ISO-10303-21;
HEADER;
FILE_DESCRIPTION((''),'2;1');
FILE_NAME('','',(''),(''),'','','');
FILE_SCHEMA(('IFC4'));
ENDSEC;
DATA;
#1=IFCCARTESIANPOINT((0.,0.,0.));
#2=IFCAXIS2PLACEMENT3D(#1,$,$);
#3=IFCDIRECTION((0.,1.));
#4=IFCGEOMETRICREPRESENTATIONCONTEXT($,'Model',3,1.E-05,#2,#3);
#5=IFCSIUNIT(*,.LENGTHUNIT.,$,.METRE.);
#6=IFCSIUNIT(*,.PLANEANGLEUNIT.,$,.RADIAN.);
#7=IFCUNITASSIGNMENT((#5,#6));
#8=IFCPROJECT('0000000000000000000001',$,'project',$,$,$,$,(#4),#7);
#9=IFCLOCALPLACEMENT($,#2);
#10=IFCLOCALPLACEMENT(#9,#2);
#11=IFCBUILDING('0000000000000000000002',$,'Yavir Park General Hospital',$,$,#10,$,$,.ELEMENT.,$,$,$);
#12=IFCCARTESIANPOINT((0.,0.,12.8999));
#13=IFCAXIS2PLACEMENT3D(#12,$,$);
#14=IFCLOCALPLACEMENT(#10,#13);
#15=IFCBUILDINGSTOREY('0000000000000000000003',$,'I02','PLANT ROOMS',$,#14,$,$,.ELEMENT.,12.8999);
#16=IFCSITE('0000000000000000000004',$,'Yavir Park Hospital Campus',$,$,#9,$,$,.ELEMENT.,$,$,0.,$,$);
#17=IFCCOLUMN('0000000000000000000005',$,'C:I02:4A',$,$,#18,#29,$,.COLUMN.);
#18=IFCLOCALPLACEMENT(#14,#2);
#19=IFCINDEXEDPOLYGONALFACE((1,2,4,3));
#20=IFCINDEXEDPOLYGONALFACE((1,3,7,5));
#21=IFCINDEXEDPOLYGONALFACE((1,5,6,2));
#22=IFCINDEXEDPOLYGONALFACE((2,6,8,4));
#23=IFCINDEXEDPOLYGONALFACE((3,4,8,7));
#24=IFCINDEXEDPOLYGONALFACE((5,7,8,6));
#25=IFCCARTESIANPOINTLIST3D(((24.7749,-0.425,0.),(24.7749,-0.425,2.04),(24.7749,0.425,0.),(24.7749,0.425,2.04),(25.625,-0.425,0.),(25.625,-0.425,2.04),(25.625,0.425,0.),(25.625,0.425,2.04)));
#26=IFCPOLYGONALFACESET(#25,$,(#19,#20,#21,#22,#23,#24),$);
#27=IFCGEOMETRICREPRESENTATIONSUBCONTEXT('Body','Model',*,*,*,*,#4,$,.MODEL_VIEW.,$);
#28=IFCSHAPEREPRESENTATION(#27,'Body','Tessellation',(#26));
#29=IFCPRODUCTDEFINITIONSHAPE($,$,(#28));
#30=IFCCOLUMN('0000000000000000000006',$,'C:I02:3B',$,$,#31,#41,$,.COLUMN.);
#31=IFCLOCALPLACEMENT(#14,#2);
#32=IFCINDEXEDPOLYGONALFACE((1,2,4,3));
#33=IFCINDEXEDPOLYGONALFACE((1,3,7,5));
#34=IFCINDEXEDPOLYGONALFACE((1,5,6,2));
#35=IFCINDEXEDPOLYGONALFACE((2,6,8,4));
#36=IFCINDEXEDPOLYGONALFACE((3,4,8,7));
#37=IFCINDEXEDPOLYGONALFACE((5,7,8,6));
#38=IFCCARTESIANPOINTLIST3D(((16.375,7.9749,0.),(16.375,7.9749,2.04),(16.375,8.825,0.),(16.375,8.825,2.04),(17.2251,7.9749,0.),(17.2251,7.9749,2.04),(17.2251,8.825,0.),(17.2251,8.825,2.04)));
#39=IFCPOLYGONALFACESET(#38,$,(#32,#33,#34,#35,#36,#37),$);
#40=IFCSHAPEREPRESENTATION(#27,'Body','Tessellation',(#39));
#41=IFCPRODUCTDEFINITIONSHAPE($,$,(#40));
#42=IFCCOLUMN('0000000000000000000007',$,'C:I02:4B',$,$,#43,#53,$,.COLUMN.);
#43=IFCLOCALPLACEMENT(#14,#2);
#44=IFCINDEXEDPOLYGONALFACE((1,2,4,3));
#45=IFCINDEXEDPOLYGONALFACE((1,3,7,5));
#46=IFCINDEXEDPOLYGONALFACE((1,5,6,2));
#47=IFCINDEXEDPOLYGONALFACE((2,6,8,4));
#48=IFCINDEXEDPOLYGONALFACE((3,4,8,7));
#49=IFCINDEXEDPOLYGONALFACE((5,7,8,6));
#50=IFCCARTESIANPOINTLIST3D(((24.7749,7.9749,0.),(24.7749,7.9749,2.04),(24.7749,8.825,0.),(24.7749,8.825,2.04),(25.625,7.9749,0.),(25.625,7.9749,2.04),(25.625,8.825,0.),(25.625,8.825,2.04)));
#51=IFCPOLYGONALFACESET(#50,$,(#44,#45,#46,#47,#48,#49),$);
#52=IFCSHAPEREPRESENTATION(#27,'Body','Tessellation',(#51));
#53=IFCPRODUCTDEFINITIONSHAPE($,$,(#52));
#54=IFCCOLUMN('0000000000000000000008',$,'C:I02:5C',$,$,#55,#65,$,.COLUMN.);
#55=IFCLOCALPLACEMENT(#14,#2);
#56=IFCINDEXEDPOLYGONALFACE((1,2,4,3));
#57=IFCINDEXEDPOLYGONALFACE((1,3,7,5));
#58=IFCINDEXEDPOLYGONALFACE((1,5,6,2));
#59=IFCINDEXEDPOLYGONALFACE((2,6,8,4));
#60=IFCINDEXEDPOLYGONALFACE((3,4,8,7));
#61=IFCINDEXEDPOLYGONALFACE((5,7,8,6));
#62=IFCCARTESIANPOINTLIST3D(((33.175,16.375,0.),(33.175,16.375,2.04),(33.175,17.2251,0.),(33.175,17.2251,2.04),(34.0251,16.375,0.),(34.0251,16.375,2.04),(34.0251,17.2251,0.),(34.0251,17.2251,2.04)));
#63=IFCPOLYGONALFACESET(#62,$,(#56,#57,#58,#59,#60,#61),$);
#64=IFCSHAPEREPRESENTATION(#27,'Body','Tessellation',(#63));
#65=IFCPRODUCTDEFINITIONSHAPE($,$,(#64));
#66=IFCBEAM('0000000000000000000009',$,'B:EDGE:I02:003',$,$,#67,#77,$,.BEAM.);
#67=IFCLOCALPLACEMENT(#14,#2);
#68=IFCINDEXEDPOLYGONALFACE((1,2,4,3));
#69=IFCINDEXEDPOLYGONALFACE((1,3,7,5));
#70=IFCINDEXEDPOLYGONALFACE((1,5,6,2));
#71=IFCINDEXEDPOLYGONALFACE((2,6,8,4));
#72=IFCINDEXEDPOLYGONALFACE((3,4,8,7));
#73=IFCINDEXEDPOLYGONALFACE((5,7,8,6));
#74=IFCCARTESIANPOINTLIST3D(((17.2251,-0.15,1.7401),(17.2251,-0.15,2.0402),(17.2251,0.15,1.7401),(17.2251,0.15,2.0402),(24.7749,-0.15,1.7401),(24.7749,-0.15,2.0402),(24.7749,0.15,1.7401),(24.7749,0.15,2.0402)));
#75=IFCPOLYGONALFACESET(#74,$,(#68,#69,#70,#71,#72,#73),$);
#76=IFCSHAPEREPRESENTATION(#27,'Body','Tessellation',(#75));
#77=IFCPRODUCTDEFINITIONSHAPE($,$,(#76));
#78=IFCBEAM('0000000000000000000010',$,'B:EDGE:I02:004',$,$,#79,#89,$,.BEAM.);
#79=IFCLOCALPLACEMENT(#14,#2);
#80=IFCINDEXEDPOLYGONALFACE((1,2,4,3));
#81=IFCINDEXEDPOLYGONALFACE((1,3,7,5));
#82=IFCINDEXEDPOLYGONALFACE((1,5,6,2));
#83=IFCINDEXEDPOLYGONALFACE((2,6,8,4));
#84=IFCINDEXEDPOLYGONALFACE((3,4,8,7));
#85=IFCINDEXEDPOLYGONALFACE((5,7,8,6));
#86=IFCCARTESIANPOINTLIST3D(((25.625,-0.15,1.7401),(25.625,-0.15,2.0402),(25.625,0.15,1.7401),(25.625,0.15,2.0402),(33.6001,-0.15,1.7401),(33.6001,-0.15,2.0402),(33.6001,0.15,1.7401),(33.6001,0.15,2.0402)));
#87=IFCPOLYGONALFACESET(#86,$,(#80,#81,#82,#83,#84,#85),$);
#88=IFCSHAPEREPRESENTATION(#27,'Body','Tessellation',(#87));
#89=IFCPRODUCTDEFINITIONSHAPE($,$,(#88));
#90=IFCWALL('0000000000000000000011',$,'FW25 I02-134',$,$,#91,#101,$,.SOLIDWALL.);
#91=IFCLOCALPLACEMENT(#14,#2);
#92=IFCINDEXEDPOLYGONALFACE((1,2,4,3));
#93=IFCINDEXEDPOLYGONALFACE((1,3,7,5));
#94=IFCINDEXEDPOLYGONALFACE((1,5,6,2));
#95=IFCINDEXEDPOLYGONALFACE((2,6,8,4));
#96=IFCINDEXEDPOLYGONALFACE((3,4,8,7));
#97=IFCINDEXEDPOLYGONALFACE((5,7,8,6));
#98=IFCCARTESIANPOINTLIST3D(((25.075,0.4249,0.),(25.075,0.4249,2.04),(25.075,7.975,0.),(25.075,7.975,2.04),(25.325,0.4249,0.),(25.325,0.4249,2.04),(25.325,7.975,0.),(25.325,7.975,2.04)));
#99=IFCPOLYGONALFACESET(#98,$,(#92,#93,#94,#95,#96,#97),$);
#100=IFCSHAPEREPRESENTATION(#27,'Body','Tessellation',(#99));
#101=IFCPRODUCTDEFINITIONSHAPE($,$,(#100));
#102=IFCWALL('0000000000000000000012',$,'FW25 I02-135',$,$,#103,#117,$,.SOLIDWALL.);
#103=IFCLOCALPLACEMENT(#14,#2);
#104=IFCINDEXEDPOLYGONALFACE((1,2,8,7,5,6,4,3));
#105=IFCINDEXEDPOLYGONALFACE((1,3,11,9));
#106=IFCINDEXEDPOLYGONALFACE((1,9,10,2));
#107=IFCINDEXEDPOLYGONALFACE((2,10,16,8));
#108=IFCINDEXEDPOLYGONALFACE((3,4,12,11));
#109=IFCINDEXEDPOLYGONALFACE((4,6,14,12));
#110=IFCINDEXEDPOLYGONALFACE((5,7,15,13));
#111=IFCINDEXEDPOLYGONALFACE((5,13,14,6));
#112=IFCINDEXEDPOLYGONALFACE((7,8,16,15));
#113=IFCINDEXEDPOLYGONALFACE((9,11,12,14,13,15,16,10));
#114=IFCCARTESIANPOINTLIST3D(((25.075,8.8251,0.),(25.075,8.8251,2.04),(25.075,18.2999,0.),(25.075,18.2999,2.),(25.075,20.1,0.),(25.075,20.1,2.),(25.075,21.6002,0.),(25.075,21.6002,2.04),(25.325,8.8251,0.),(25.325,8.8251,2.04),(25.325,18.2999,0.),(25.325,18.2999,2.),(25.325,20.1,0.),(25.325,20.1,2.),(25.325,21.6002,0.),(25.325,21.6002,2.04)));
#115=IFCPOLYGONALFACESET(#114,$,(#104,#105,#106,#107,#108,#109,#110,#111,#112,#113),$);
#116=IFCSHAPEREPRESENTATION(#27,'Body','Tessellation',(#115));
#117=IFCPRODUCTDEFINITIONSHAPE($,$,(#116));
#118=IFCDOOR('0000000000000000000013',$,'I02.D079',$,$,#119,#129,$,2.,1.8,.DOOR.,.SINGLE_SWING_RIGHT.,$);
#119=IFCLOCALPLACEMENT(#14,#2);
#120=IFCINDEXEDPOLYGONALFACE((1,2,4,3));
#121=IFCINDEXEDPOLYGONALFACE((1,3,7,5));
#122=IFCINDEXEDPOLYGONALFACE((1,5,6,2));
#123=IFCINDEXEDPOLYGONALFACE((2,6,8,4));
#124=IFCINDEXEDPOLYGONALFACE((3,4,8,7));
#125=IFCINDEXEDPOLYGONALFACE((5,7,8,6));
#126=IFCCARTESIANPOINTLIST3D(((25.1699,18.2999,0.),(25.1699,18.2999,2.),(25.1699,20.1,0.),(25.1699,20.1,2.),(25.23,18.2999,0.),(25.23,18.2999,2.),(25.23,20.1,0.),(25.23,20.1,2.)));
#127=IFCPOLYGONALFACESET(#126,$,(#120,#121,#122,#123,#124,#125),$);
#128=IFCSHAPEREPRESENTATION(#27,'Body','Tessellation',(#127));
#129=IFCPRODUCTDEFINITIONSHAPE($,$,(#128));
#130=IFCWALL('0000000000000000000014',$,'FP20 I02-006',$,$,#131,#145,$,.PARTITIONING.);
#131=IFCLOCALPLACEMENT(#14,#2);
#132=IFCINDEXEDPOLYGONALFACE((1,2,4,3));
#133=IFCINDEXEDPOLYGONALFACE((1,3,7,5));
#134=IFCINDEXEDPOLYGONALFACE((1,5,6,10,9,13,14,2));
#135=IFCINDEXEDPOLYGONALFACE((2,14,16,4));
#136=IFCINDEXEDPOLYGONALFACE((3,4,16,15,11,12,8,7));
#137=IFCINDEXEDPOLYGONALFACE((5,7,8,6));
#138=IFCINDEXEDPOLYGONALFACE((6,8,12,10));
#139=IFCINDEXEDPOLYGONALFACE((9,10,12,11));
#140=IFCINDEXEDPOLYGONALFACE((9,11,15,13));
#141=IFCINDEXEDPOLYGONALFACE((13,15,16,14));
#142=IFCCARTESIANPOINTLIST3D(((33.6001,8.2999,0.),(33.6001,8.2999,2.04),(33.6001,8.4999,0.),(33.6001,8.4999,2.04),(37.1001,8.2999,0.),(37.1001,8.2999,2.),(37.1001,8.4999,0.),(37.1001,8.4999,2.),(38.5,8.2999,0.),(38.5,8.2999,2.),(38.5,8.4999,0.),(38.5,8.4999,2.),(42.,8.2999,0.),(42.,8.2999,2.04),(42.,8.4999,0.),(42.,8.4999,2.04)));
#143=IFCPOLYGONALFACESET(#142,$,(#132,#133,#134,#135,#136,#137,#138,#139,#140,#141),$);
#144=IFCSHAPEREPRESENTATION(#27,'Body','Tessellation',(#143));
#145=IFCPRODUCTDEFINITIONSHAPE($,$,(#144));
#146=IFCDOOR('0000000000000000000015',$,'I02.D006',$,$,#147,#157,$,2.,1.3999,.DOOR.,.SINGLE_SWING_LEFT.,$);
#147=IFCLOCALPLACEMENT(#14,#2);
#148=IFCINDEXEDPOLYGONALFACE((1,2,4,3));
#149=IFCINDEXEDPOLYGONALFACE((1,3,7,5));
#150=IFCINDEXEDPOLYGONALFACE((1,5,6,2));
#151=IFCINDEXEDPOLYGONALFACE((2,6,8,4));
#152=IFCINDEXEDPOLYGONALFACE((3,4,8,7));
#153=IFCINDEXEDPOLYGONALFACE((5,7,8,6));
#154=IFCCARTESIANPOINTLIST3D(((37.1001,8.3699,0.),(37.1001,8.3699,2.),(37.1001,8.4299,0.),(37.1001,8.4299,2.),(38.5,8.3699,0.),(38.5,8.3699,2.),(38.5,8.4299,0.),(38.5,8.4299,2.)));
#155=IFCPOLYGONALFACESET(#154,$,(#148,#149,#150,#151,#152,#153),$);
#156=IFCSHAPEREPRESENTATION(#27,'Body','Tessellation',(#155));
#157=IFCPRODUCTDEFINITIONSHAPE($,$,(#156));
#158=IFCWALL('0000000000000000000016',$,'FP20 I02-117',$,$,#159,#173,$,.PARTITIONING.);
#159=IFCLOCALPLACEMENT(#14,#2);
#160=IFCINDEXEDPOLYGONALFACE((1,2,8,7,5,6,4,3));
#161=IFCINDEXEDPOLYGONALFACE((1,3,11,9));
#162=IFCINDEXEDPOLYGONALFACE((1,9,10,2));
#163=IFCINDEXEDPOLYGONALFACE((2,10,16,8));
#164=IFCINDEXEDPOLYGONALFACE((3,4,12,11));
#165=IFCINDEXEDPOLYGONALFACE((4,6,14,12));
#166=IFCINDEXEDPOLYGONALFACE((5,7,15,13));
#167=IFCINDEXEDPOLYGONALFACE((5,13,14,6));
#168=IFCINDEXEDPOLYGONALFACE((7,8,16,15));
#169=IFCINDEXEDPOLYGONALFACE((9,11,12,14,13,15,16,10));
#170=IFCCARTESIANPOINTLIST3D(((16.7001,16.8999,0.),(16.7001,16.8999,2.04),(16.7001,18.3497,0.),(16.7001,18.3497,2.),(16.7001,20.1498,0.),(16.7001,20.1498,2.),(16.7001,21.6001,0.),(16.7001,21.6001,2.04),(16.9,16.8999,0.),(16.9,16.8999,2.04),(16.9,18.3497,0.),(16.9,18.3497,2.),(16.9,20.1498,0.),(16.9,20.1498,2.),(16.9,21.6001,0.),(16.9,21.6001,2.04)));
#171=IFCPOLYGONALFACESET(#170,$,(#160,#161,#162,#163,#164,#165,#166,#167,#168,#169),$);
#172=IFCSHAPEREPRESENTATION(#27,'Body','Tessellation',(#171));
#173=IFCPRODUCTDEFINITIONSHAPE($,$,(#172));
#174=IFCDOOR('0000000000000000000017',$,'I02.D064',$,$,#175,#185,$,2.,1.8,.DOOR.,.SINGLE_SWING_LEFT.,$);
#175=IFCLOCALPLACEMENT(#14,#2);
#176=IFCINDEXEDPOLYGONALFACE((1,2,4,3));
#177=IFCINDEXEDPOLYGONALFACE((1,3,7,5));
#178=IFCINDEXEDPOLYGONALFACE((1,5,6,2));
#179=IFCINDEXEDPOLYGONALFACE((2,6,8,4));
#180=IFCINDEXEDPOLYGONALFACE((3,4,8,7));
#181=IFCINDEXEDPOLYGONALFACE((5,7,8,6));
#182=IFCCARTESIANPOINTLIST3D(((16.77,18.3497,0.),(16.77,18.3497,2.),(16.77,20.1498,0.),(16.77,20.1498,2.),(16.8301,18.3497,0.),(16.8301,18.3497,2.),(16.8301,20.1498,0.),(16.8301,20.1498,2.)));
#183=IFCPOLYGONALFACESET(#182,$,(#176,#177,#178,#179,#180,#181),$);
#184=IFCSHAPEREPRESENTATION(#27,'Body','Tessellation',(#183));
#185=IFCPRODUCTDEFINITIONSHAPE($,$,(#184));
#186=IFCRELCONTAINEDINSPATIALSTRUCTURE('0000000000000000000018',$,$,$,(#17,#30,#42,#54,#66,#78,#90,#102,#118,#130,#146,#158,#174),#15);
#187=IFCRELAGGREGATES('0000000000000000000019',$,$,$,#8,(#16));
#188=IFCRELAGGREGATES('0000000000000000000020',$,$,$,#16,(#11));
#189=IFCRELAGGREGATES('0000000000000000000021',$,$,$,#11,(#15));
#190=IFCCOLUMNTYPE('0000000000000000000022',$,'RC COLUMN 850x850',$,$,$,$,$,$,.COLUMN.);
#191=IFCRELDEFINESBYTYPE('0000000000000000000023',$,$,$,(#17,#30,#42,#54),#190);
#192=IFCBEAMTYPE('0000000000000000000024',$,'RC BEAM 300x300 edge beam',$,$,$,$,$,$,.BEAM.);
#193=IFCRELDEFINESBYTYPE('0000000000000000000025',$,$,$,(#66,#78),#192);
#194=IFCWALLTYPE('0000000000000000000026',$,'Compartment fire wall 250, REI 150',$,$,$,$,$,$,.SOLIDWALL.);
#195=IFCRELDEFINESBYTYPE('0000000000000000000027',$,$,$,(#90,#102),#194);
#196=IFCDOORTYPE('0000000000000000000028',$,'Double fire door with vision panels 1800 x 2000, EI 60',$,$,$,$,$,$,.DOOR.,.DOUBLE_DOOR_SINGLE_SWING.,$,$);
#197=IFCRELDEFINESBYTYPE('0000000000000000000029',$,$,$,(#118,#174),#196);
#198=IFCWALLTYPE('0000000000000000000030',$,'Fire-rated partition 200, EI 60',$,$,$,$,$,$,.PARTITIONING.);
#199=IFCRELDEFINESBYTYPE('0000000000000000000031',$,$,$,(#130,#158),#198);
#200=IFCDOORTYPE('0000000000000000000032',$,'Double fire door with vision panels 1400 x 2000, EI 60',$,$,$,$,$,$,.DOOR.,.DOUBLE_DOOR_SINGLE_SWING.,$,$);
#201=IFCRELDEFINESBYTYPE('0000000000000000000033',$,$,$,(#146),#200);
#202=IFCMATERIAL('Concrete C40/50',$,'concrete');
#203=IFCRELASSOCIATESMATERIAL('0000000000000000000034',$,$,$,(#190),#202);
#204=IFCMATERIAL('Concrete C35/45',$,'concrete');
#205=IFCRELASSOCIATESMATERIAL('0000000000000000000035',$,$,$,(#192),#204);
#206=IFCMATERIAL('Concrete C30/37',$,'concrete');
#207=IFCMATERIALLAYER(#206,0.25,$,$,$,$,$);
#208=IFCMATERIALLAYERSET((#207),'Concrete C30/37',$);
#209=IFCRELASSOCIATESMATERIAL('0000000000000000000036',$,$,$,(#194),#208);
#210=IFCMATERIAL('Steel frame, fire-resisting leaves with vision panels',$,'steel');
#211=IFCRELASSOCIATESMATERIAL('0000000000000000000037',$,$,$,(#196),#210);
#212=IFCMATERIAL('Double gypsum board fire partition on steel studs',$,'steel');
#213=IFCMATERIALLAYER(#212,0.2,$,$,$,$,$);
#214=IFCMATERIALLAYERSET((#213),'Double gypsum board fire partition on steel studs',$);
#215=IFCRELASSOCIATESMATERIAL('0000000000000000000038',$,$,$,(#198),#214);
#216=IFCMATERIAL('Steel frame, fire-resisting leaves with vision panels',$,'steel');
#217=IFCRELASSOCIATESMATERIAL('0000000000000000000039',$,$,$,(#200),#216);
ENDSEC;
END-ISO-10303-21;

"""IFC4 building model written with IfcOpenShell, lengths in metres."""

from ifc_helpers import new_model, si_unit, direction, frame, frame_2d, origin, origin_2d, place, context, subcontext, project, spatial, rectangle, extrude, material, layer, layer_set, material_profile, profile_set, type_object, element, fill, save


model = new_model("IFC4")

# Units and contexts
model_context = context("Model", 3, precision=1e-05, world=origin(), true_north=direction((0.0, 1.0)))
body_context = subcontext(model_context, "Body", "Model", "MODEL_VIEW")
ifc_project = project(units=[si_unit("LENGTHUNIT", "METRE"), si_unit("PLANEANGLEUNIT", "RADIAN")], contexts=[model_context])

# Site, building, storey
site_placement = place(None, origin())
site = spatial("IfcSite", under=ifc_project, at=site_placement, Name="Yavir Park Hospital Campus", CompositionType="ELEMENT", RefElevation=0.0)
building_placement = place(site_placement, origin())
building = spatial("IfcBuilding", under=site, at=building_placement, Name="Yavir Park General Hospital", CompositionType="ELEMENT")
storey_placement = place(building_placement, frame((0.0, 0.0, 12.8999)))
storey = spatial("IfcBuildingStorey", under=building, at=storey_placement, Name="I02", Description="PLANT ROOMS", CompositionType="ELEMENT", Elevation=12.8999)

# Columns
ifc_material_1 = material(Name="Concrete C40/50", Category="concrete")
ifc_material_profile_1 = material_profile(ifc_material_1, rectangle(XDim=0.8501, YDim=0.8501, at=origin_2d()), Name="RC850x850")
ifc_profile_set_1 = profile_set([ifc_material_profile_1], Name="Concrete C40/50")
column_type = type_object("IfcColumnType", Name="RC COLUMN 850x850", PredefinedType="COLUMN", material=ifc_profile_set_1)
for number, where, z_axis, x_axis, name in (
    (1, (25.2, 0.0, 0.0), (0.0, 0.0, 1.0), (1.0, 0.0, 0.0), "C:I02:4A"),
    (2, (16.8, 8.3999, 0.0), (0.0, 0.0, 1.0), (1.0, 0.0, 0.0), "C:I02:3B"),
    (3, (25.2, 8.3999, 0.0), (0.0, 0.0, 1.0), (1.0, 0.0, 0.0), "C:I02:4B"),
    (4, (33.6001, 16.8, 0.0), (0.0, 0.0, 1.0), (1.0, 0.0, 0.0), "C:I02:5C"),
):
    element("IfcColumn", number, at=place(storey_placement, frame(where, z_axis=z_axis, x_axis=x_axis)), inside=storey, type_object=column_type, Name=name, PredefinedType="COLUMN", context=body_context, shape_type="SweptSolid", body=[
        extrude(rectangle(XDim=0.8501, YDim=0.8501, at=origin_2d()), origin(), (0.0, 0.0, 1.0), 2.04),
    ])

# Beams
ifc_material_2 = material(Name="Concrete C35/45", Category="concrete")
ifc_material_profile_2 = material_profile(ifc_material_2, rectangle(XDim=0.3, YDim=0.3, at=origin_2d()), Name="RC300x300")
ifc_profile_set_2 = profile_set([ifc_material_profile_2], Name="Concrete C35/45")
beam_type = type_object("IfcBeamType", Name="RC BEAM 300x300 edge beam", PredefinedType="BEAM", material=ifc_profile_set_2)
beam_1_placement = place(storey_placement, frame((17.2251, 0.0, 1.8901), z_axis=(1.0, 0.0, 0.0), x_axis=(0.0, 1.0, 0.0)))
element("IfcBeam", 5, at=beam_1_placement, inside=storey, type_object=beam_type, Name="B:EDGE:I02:003", PredefinedType="BEAM", context=body_context, shape_type="SweptSolid", body=[
    extrude(rectangle(XDim=0.3, YDim=0.3, at=origin_2d()), origin(), (0.0, 0.0, 1.0), 7.5498),
])
beam_2_placement = place(storey_placement, frame((25.625, 0.0, 1.8901), z_axis=(1.0, 0.0, 0.0), x_axis=(0.0, 1.0, 0.0)))
element("IfcBeam", 6, at=beam_2_placement, inside=storey, type_object=beam_type, Name="B:EDGE:I02:004", PredefinedType="BEAM", context=body_context, shape_type="SweptSolid", body=[
    extrude(rectangle(XDim=0.3, YDim=0.3, at=origin_2d()), origin(), (0.0, 0.0, 1.0), 7.9751),
])

# Wall
ifc_material_3 = material(Name="Concrete C30/37", Category="concrete")
ifc_layer_1 = layer(ifc_material_3, 0.25)
ifc_layer_set_1 = layer_set([ifc_layer_1], Name="Concrete C30/37")
wall_type_1 = type_object("IfcWallType", Name="Compartment fire wall 250, REI 150", PredefinedType="SOLIDWALL", material=ifc_layer_set_1)
wall_1_placement = place(storey_placement, frame((25.2, 0.425, 0.0), z_axis=(0.0, 0.0, 1.0), x_axis=(0.0, 1.0, 0.0)))
element("IfcWall", 7, at=wall_1_placement, inside=storey, type_object=wall_type_1, Name="FW25 I02-134", PredefinedType="SOLIDWALL", context=body_context, shape_type="SweptSolid", body=[
    extrude(rectangle(XDim=7.55, YDim=0.25, at=frame_2d((3.7749, 0.0))), origin(), (0.0, 0.0, 1.0), 2.04),
])

# Walls, openings, doors
wall_2_placement = place(storey_placement, frame((25.2, 8.825, 0.0), z_axis=(0.0, 0.0, 1.0), x_axis=(0.0, 1.0, 0.0)))
wall_2 = element("IfcWall", 8, at=wall_2_placement, inside=storey, type_object=wall_type_1, Name="FW25 I02-135", PredefinedType="SOLIDWALL", context=body_context, shape_type="SweptSolid", body=[
    extrude(rectangle(XDim=12.7751, YDim=0.25, at=frame_2d((6.3877, 0.0))), origin(), (0.0, 0.0, 1.0), 2.04),
])
opening_1_placement = place(wall_2_placement, frame((9.4751, 0.0, 0.0)))
opening_1 = element("IfcOpeningElement", 9, at=opening_1_placement, cuts=wall_2, PredefinedType="OPENING", context=body_context, shape_type="SweptSolid", body=[
    extrude(rectangle(XDim=1.8, YDim=2.0, at=frame_2d((0.8999, 1.0))), frame((0.0, 0.135, 0.0), z_axis=(0.0, -1.0, 0.0), x_axis=(1.0, 0.0, 0.0)), (0.0, 0.0, 1.0), 0.27),
])
ifc_material_4 = material(Name="Steel frame, fire-resisting leaves with vision panels", Category="steel")
door_type_1 = type_object("IfcDoorType", Name="Double fire door with vision panels 1800 x 2000, EI 60", OperationType="DOUBLE_DOOR_SINGLE_SWING", PredefinedType="DOOR", material=ifc_material_4)
door_1_placement = place(opening_1_placement, origin())
door_1 = element("IfcDoor", 10, at=door_1_placement, inside=storey, type_object=door_type_1, Name="I02.D079", OperationType="SINGLE_SWING_RIGHT", OverallHeight=2.0, OverallWidth=1.8, PredefinedType="DOOR", context=body_context, shape_type="SweptSolid", body=[
    extrude(rectangle(XDim=1.8, YDim=2.0, at=frame_2d((0.8999, 1.0))), frame((0.0, 0.03, 0.0), z_axis=(0.0, -1.0, 0.0), x_axis=(1.0, 0.0, 0.0)), (0.0, 0.0, 1.0), 0.0601),
])
fill(opening_1, door_1)
ifc_material_5 = material(Name="Double gypsum board fire partition on steel studs", Category="steel")
ifc_layer_2 = layer(ifc_material_5, 0.2)
ifc_layer_set_2 = layer_set([ifc_layer_2], Name="Double gypsum board fire partition on steel studs")
wall_type_2 = type_object("IfcWallType", Name="Fire-rated partition 200, EI 60", PredefinedType="PARTITIONING", material=ifc_layer_set_2)
wall_3_placement = place(storey_placement, frame((33.6001, 8.3999, 0.0), z_axis=(0.0, 0.0, 1.0), x_axis=(1.0, 0.0, 0.0)))
wall_3 = element("IfcWall", 11, at=wall_3_placement, inside=storey, type_object=wall_type_2, Name="FP20 I02-006", PredefinedType="PARTITIONING", context=body_context, shape_type="SweptSolid", body=[
    extrude(rectangle(XDim=8.3999, YDim=0.2, at=frame_2d((4.2, 0.0))), origin(), (0.0, 0.0, 1.0), 2.04),
])
opening_2_placement = place(wall_3_placement, frame((3.5, 0.0, 0.0)))
opening_2 = element("IfcOpeningElement", 12, at=opening_2_placement, cuts=wall_3, PredefinedType="OPENING", context=body_context, shape_type="SweptSolid", body=[
    extrude(rectangle(XDim=1.3999, YDim=2.0, at=frame_2d((0.7, 1.0))), frame((0.0, 0.1099, 0.0), z_axis=(0.0, -1.0, 0.0), x_axis=(1.0, 0.0, 0.0)), (0.0, 0.0, 1.0), 0.22),
])
ifc_material_6 = material(Name="Steel frame, fire-resisting leaves with vision panels", Category="steel")
door_type_2 = type_object("IfcDoorType", Name="Double fire door with vision panels 1400 x 2000, EI 60", OperationType="DOUBLE_DOOR_SINGLE_SWING", PredefinedType="DOOR", material=ifc_material_6)
door_2_placement = place(opening_2_placement, origin())
door_2 = element("IfcDoor", 13, at=door_2_placement, inside=storey, type_object=door_type_2, Name="I02.D006", OperationType="SINGLE_SWING_LEFT", OverallHeight=2.0, OverallWidth=1.3999, PredefinedType="DOOR", context=body_context, shape_type="SweptSolid", body=[
    extrude(rectangle(XDim=1.3999, YDim=2.0, at=frame_2d((0.7, 1.0))), frame((0.0, 0.03, 0.0), z_axis=(0.0, -1.0, 0.0), x_axis=(1.0, 0.0, 0.0)), (0.0, 0.0, 1.0), 0.0601),
])
fill(opening_2, door_2)
wall_4_placement = place(storey_placement, frame((16.8, 16.8999, 0.0), z_axis=(0.0, 0.0, 1.0), x_axis=(0.0, 1.0, 0.0)))
wall_4 = element("IfcWall", 14, at=wall_4_placement, inside=storey, type_object=wall_type_2, Name="FP20 I02-117", PredefinedType="PARTITIONING", context=body_context, shape_type="SweptSolid", body=[
    extrude(rectangle(XDim=4.7002, YDim=0.2, at=frame_2d((2.3501, 0.0))), origin(), (0.0, 0.0, 1.0), 2.04),
])
opening_3_placement = place(wall_4_placement, frame((1.45, 0.0, 0.0)))
opening_3 = element("IfcOpeningElement", 15, at=opening_3_placement, cuts=wall_4, PredefinedType="OPENING", context=body_context, shape_type="SweptSolid", body=[
    extrude(rectangle(XDim=1.8, YDim=2.0, at=frame_2d((0.8999, 1.0))), frame((0.0, 0.1099, 0.0), z_axis=(0.0, -1.0, 0.0), x_axis=(1.0, 0.0, 0.0)), (0.0, 0.0, 1.0), 0.22),
])
door_3_placement = place(opening_3_placement, origin())
door_3 = element("IfcDoor", 16, at=door_3_placement, inside=storey, type_object=door_type_1, Name="I02.D064", OperationType="SINGLE_SWING_LEFT", OverallHeight=2.0, OverallWidth=1.8, PredefinedType="DOOR", context=body_context, shape_type="SweptSolid", body=[
    extrude(rectangle(XDim=1.8, YDim=2.0, at=frame_2d((0.8999, 1.0))), frame((0.0, 0.03, 0.0), z_axis=(0.0, -1.0, 0.0), x_axis=(1.0, 0.0, 0.0)), (0.0, 0.0, 1.0), 0.0601),
])
fill(opening_3, door_3)

save(model, "model.ifc")
